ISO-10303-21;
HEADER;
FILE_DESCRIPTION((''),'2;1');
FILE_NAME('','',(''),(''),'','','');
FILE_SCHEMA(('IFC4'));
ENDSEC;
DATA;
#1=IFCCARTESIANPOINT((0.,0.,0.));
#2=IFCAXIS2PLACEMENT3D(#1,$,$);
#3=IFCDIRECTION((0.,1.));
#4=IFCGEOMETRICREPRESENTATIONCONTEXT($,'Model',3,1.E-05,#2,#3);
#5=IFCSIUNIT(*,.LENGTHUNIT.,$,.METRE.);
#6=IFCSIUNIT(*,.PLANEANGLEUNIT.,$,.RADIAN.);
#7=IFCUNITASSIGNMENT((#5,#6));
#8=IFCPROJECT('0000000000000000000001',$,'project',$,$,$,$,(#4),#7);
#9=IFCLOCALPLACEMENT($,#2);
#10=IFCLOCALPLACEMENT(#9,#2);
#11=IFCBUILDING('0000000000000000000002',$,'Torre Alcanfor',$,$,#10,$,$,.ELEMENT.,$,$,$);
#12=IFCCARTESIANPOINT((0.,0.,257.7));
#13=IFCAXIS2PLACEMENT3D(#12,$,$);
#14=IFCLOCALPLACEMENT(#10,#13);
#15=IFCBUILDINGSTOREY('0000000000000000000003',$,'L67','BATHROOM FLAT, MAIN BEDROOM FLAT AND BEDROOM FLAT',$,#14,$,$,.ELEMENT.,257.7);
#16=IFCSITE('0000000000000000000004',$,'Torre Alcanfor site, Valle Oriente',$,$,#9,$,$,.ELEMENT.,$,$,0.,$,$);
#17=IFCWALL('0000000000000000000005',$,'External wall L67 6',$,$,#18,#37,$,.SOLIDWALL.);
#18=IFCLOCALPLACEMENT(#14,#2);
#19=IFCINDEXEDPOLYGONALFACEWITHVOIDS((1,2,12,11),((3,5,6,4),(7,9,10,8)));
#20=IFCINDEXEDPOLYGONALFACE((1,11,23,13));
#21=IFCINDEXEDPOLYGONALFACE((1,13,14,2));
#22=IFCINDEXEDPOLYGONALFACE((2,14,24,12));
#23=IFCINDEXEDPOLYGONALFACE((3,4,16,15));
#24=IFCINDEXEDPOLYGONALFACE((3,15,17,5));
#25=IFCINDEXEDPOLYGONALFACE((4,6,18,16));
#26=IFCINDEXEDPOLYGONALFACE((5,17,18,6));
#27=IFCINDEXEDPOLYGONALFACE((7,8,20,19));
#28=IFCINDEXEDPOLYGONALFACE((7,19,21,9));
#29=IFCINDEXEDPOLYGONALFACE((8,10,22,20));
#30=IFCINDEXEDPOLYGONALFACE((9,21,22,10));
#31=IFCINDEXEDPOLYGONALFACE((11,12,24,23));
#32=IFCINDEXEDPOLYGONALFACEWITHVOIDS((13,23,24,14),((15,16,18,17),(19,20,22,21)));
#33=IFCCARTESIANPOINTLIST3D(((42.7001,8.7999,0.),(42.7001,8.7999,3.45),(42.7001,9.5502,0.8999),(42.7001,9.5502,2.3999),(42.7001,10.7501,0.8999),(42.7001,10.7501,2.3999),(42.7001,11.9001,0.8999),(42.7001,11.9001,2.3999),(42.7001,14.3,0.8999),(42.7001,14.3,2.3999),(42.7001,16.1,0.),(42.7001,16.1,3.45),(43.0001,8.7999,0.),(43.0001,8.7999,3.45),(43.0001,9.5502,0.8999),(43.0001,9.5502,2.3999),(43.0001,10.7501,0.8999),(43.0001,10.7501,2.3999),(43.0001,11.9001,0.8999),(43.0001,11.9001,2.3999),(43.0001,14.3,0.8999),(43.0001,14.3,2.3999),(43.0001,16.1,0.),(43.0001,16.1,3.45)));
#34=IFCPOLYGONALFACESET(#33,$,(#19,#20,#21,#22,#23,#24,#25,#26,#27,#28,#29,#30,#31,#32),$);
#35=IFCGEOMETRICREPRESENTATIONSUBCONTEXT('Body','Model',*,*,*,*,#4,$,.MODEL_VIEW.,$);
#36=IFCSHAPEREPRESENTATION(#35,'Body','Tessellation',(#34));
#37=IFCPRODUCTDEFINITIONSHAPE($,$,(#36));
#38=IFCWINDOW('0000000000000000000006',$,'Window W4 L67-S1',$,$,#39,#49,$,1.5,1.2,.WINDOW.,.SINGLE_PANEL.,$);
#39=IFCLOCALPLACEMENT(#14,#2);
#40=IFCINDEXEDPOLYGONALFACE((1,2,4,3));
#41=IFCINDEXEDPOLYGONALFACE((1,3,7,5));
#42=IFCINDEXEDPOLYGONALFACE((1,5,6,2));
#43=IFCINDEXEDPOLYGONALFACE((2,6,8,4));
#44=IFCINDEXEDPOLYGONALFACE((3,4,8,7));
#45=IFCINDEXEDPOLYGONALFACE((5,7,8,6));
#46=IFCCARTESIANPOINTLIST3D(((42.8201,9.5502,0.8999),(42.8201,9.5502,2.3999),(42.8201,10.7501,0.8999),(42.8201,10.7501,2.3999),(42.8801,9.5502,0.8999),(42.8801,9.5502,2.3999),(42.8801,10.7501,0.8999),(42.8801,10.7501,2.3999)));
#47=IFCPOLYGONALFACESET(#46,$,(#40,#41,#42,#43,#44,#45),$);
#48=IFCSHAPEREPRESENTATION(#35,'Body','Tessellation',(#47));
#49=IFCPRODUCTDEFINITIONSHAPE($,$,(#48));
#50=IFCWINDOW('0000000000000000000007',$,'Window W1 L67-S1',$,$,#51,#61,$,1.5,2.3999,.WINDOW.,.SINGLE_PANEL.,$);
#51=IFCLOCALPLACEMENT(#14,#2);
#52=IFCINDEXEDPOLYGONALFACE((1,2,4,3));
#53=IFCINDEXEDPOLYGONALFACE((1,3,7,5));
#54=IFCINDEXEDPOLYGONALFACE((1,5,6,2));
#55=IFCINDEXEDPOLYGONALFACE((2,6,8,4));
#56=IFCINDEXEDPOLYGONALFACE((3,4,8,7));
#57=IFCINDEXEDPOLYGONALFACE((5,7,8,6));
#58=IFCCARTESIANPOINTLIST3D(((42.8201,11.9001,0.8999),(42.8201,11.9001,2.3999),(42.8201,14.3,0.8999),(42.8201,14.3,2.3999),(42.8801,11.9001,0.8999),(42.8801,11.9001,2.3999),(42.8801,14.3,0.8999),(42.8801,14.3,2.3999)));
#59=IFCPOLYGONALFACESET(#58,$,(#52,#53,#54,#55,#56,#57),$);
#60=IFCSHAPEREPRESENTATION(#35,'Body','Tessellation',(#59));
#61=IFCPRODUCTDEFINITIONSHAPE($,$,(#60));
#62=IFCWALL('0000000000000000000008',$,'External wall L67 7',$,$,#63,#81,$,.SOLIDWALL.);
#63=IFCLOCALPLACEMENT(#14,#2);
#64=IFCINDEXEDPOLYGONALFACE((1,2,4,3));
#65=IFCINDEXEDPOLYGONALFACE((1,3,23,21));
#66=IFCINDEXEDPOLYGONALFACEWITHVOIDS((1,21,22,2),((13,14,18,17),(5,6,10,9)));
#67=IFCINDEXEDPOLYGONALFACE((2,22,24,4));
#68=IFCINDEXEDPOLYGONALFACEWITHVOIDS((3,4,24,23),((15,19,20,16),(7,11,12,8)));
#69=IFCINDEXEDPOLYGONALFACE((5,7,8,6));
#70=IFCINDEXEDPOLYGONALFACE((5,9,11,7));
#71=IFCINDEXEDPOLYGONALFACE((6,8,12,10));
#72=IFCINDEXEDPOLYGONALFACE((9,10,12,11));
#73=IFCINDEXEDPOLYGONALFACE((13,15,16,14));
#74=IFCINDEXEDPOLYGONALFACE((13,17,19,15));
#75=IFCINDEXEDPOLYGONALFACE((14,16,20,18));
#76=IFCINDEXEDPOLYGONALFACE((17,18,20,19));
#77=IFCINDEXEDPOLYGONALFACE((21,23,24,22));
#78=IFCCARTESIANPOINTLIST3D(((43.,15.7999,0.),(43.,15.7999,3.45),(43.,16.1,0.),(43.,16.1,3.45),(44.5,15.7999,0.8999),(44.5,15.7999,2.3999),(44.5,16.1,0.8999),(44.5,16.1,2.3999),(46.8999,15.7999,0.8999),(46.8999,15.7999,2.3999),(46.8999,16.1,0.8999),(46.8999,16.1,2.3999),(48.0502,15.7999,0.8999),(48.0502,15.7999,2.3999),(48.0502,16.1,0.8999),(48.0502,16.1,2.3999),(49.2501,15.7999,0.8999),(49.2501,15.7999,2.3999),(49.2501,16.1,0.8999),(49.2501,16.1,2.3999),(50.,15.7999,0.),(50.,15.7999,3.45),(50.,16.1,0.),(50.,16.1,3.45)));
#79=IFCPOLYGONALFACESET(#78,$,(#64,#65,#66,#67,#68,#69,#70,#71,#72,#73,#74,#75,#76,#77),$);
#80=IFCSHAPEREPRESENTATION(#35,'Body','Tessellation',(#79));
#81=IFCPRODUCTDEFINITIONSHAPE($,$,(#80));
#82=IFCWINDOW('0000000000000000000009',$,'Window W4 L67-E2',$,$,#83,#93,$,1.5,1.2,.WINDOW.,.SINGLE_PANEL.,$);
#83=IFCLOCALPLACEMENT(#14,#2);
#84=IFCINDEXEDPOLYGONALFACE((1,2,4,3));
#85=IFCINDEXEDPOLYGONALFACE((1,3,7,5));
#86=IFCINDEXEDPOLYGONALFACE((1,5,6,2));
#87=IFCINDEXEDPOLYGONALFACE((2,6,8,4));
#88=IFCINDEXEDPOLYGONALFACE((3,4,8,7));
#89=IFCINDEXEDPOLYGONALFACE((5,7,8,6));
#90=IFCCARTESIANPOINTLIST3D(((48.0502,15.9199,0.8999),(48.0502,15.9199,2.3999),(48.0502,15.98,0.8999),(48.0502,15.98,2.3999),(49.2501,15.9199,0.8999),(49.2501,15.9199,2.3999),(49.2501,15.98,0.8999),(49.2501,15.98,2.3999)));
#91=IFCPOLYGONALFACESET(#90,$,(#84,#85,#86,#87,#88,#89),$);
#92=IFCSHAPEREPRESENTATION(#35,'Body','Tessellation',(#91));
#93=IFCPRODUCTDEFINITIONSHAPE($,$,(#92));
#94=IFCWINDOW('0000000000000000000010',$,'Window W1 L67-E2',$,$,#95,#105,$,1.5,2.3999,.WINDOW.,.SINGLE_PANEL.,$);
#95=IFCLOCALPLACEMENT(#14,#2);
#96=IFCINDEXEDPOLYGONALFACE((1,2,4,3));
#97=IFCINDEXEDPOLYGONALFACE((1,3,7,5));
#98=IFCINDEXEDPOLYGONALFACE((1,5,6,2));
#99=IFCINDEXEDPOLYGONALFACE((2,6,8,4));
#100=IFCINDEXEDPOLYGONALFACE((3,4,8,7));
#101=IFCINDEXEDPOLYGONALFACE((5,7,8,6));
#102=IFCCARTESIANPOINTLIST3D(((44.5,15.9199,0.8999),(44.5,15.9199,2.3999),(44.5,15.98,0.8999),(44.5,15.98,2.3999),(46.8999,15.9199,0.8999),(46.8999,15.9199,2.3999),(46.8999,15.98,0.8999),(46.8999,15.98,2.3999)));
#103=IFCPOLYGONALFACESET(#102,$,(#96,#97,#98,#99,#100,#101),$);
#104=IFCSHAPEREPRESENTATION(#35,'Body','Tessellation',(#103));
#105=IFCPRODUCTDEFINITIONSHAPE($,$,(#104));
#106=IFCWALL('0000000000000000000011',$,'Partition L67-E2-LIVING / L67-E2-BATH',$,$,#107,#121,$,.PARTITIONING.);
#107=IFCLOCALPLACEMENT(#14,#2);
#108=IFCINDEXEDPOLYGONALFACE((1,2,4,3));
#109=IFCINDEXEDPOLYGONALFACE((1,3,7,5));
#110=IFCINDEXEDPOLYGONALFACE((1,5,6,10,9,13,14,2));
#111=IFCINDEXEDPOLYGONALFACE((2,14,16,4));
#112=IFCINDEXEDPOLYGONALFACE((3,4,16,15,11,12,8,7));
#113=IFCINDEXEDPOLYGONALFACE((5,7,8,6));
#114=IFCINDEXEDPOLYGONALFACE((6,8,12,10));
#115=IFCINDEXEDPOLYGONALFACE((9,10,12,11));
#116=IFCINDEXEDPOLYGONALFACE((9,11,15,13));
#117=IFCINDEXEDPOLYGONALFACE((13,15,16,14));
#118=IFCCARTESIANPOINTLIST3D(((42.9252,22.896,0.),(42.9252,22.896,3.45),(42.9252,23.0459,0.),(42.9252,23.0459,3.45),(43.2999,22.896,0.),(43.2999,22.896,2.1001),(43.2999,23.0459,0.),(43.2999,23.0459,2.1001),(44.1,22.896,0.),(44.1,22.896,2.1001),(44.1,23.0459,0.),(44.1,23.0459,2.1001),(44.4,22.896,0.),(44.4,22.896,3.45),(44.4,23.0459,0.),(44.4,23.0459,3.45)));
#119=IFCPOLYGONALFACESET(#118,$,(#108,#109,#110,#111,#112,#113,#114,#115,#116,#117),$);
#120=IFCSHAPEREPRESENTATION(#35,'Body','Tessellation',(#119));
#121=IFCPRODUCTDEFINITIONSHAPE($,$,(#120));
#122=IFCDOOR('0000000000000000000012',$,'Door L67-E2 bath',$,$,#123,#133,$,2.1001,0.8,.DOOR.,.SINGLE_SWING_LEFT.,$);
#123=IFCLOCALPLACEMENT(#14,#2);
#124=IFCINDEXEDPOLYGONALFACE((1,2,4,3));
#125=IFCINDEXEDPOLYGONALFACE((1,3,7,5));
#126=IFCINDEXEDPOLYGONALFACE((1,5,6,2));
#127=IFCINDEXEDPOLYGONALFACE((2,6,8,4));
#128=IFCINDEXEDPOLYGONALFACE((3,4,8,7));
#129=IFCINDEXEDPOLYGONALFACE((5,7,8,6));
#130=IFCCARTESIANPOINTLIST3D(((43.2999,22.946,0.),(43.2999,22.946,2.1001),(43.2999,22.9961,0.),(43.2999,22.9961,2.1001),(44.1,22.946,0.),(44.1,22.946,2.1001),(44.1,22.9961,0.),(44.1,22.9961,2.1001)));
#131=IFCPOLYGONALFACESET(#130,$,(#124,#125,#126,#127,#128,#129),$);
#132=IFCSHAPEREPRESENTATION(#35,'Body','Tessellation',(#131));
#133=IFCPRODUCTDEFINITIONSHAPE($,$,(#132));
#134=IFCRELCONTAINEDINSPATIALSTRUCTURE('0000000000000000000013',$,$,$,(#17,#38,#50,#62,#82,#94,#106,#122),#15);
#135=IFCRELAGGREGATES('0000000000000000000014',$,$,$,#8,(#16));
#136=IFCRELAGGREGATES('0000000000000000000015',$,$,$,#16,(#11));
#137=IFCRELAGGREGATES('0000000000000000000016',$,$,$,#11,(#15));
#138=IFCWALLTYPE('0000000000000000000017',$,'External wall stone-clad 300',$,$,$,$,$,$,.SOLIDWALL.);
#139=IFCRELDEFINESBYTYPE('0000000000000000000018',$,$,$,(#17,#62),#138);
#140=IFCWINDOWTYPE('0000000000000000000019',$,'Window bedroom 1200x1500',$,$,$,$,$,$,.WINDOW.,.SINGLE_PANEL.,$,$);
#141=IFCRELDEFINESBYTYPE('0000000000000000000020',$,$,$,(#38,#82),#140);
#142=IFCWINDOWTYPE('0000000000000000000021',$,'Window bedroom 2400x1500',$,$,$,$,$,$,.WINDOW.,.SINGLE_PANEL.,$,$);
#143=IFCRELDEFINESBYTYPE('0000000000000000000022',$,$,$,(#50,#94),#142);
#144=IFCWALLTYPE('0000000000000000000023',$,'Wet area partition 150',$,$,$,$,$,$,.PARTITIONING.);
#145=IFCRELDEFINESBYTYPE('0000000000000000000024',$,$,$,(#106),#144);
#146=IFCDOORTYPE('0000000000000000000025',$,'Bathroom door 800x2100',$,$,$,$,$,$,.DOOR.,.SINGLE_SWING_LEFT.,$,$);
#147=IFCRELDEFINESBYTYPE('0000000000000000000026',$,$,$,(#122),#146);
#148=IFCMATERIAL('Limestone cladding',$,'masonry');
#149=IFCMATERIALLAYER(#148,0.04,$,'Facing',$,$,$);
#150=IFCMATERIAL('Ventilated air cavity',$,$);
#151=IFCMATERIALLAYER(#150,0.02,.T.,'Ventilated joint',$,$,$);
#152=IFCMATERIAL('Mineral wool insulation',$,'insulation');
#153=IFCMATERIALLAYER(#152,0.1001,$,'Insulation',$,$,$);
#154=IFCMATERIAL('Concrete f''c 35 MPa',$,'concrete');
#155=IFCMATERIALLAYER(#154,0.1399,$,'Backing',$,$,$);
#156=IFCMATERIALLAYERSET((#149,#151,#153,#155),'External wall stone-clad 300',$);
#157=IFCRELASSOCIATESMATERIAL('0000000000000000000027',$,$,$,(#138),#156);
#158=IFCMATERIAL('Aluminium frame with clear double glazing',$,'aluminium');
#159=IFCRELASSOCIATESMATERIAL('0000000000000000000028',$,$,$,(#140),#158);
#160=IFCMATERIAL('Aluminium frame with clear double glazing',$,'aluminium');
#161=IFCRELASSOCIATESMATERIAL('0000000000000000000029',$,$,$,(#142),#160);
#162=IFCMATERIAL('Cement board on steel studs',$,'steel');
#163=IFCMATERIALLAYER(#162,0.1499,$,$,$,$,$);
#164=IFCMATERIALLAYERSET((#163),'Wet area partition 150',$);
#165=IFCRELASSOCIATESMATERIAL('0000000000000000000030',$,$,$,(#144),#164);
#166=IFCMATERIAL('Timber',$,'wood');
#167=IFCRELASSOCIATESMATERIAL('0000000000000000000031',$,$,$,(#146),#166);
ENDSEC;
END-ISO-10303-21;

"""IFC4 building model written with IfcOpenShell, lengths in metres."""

from ifc_helpers import new_model, si_unit, direction, frame, frame_2d, origin, place, context, subcontext, project, spatial, rectangle, extrude, material, layer, layer_set, type_object, element, fill, save


model = new_model("IFC4")

# Units and contexts
model_context = context("Model", 3, precision=1e-05, world=origin(), true_north=direction((0.0, 1.0)))
body_context = subcontext(model_context, "Body", "Model", "MODEL_VIEW")
ifc_project = project(units=[si_unit("LENGTHUNIT", "METRE"), si_unit("PLANEANGLEUNIT", "RADIAN")], contexts=[model_context])

# Site, building, storey
site_placement = place(None, origin())
site = spatial("IfcSite", under=ifc_project, at=site_placement, Name="Torre Alcanfor site, Valle Oriente", CompositionType="ELEMENT", RefElevation=0.0)
building_placement = place(site_placement, origin())
building = spatial("IfcBuilding", under=site, at=building_placement, Name="Torre Alcanfor", CompositionType="ELEMENT")
storey_placement = place(building_placement, frame((0.0, 0.0, 257.7)))
storey = spatial("IfcBuildingStorey", under=building, at=storey_placement, Name="L67", Description="BATHROOM FLAT, MAIN BEDROOM FLAT AND BEDROOM FLAT", CompositionType="ELEMENT", Elevation=257.7)

# Walls, openings, windows
ifc_material_1 = material(Name="Limestone cladding", Category="masonry")
ifc_layer_1 = layer(ifc_material_1, 0.04, Name="Facing")
ifc_material_2 = material(Name="Ventilated air cavity")
ifc_layer_2 = layer(ifc_material_2, 0.02, ventilated=True, Name="Ventilated joint")
ifc_material_3 = material(Name="Mineral wool insulation", Category="insulation")
ifc_layer_3 = layer(ifc_material_3, 0.1001, Name="Insulation")
ifc_material_4 = material(Name="Concrete f'c 35 MPa", Category="concrete")
ifc_layer_4 = layer(ifc_material_4, 0.1399, Name="Backing")
ifc_layer_set_1 = layer_set([ifc_layer_1, ifc_layer_2, ifc_layer_3, ifc_layer_4], Name="External wall stone-clad 300")
wall_type_1 = type_object("IfcWallType", Name="External wall stone-clad 300", PredefinedType="SOLIDWALL", material=ifc_layer_set_1)
wall_1_placement = place(storey_placement, frame((42.8501, 8.8, 0.0), z_axis=(0.0, 0.0, 1.0), x_axis=(0.0, 1.0, 0.0)))
wall_1 = element("IfcWall", 1, at=wall_1_placement, inside=storey, type_object=wall_type_1, Name="External wall L67 6", PredefinedType="SOLIDWALL", context=body_context, shape_type="SweptSolid", body=[
    extrude(rectangle(XDim=7.3, YDim=0.3, at=frame_2d((3.6499, 0.0))), origin(), (0.0, 0.0, 1.0), 3.45),
])
opening_1_placement = place(wall_1_placement, frame((3.1001, 0.0, 0.8999)))
opening_1 = element("IfcOpeningElement", 2, at=opening_1_placement, cuts=wall_1, PredefinedType="OPENING", context=body_context, shape_type="SweptSolid", body=[
    extrude(rectangle(XDim=2.3999, YDim=1.5, at=frame_2d((1.2, 0.75))), frame((0.0, 0.1599, 0.0), z_axis=(0.0, -1.0, 0.0), x_axis=(1.0, 0.0, 0.0)), (0.0, 0.0, 1.0), 0.3201),
])
opening_2_placement = place(wall_1_placement, frame((0.75, 0.0, 0.8999)))
opening_2 = element("IfcOpeningElement", 3, at=opening_2_placement, cuts=wall_1, PredefinedType="OPENING", context=body_context, shape_type="SweptSolid", body=[
    extrude(rectangle(XDim=1.2, YDim=1.5, at=frame_2d((0.6001, 0.75))), frame((0.0, 0.1599, 0.0), z_axis=(0.0, -1.0, 0.0), x_axis=(1.0, 0.0, 0.0)), (0.0, 0.0, 1.0), 0.3201),
])
ifc_material_5 = material(Name="Aluminium frame with clear double glazing", Category="aluminium")
window_type_1 = type_object("IfcWindowType", Name="Window bedroom 1200x1500", PartitioningType="SINGLE_PANEL", PredefinedType="WINDOW", material=ifc_material_5)
window_1_placement = place(opening_2_placement, origin())
window_1 = element("IfcWindow", 4, at=window_1_placement, inside=storey, type_object=window_type_1, Name="Window W4 L67-S1", OverallHeight=1.5, OverallWidth=1.2, PartitioningType="SINGLE_PANEL", PredefinedType="WINDOW", context=body_context, shape_type="SweptSolid", body=[
    extrude(rectangle(XDim=1.2, YDim=1.5, at=frame_2d((0.6001, 0.75))), frame((0.0, 0.03, 0.0), z_axis=(0.0, -1.0, 0.0), x_axis=(1.0, 0.0, 0.0)), (0.0, 0.0, 1.0), 0.0601),
])
fill(opening_2, window_1)
ifc_material_6 = material(Name="Aluminium frame with clear double glazing", Category="aluminium")
window_type_2 = type_object("IfcWindowType", Name="Window bedroom 2400x1500", PartitioningType="SINGLE_PANEL", PredefinedType="WINDOW", material=ifc_material_6)
window_2_placement = place(opening_1_placement, origin())
window_2 = element("IfcWindow", 5, at=window_2_placement, inside=storey, type_object=window_type_2, Name="Window W1 L67-S1", OverallHeight=1.5, OverallWidth=2.3999, PartitioningType="SINGLE_PANEL", PredefinedType="WINDOW", context=body_context, shape_type="SweptSolid", body=[
    extrude(rectangle(XDim=2.3999, YDim=1.5, at=frame_2d((1.2, 0.75))), frame((0.0, 0.03, 0.0), z_axis=(0.0, -1.0, 0.0), x_axis=(1.0, 0.0, 0.0)), (0.0, 0.0, 1.0), 0.0601),
])
fill(opening_1, window_2)
wall_2_placement = place(storey_placement, frame((43.0, 15.95, 0.0), z_axis=(0.0, 0.0, 1.0), x_axis=(1.0, 0.0, 0.0)))
wall_2 = element("IfcWall", 6, at=wall_2_placement, inside=storey, type_object=wall_type_1, Name="External wall L67 7", PredefinedType="SOLIDWALL", context=body_context, shape_type="SweptSolid", body=[
    extrude(rectangle(XDim=7.0, YDim=0.3, at=frame_2d((3.5, 0.0))), origin(), (0.0, 0.0, 1.0), 3.45),
])
opening_3_placement = place(wall_2_placement, frame((1.5, 0.0, 0.8999)))
opening_3 = element("IfcOpeningElement", 7, at=opening_3_placement, cuts=wall_2, PredefinedType="OPENING", context=body_context, shape_type="SweptSolid", body=[
    extrude(rectangle(XDim=2.3999, YDim=1.5, at=frame_2d((1.2, 0.75))), frame((0.0, 0.1599, 0.0), z_axis=(0.0, -1.0, 0.0), x_axis=(1.0, 0.0, 0.0)), (0.0, 0.0, 1.0), 0.3201),
])
opening_4_placement = place(wall_2_placement, frame((5.05, 0.0, 0.8999)))
opening_4 = element("IfcOpeningElement", 8, at=opening_4_placement, cuts=wall_2, PredefinedType="OPENING", context=body_context, shape_type="SweptSolid", body=[
    extrude(rectangle(XDim=1.2, YDim=1.5, at=frame_2d((0.6001, 0.75))), frame((0.0, 0.1599, 0.0), z_axis=(0.0, -1.0, 0.0), x_axis=(1.0, 0.0, 0.0)), (0.0, 0.0, 1.0), 0.3201),
])
window_3_placement = place(opening_4_placement, origin())
window_3 = element("IfcWindow", 9, at=window_3_placement, inside=storey, type_object=window_type_1, Name="Window W4 L67-E2", OverallHeight=1.5, OverallWidth=1.2, PartitioningType="SINGLE_PANEL", PredefinedType="WINDOW", context=body_context, shape_type="SweptSolid", body=[
    extrude(rectangle(XDim=1.2, YDim=1.5, at=frame_2d((0.6001, 0.75))), frame((0.0, 0.03, 0.0), z_axis=(0.0, -1.0, 0.0), x_axis=(1.0, 0.0, 0.0)), (0.0, 0.0, 1.0), 0.0601),
])
fill(opening_4, window_3)
window_4_placement = place(opening_3_placement, origin())
window_4 = element("IfcWindow", 10, at=window_4_placement, inside=storey, type_object=window_type_2, Name="Window W1 L67-E2", OverallHeight=1.5, OverallWidth=2.3999, PartitioningType="SINGLE_PANEL", PredefinedType="WINDOW", context=body_context, shape_type="SweptSolid", body=[
    extrude(rectangle(XDim=2.3999, YDim=1.5, at=frame_2d((1.2, 0.75))), frame((0.0, 0.03, 0.0), z_axis=(0.0, -1.0, 0.0), x_axis=(1.0, 0.0, 0.0)), (0.0, 0.0, 1.0), 0.0601),
])
fill(opening_3, window_4)

# Wall, opening, door
ifc_material_7 = material(Name="Cement board on steel studs", Category="steel")
ifc_layer_5 = layer(ifc_material_7, 0.1499)
ifc_layer_set_2 = layer_set([ifc_layer_5], Name="Wet area partition 150")
wall_type_2 = type_object("IfcWallType", Name="Wet area partition 150", PredefinedType="PARTITIONING", material=ifc_layer_set_2)
wall_3_placement = place(storey_placement, frame((44.3999, 22.9709, 0.0), z_axis=(0.0, 0.0, 1.0), x_axis=(-1.0, 0.0, 0.0)))
wall_3 = element("IfcWall", 11, at=wall_3_placement, inside=storey, type_object=wall_type_2, Name="Partition L67-E2-LIVING / L67-E2-BATH", PredefinedType="PARTITIONING", context=body_context, shape_type="SweptSolid", body=[
    extrude(rectangle(XDim=1.4749, YDim=0.1499, at=frame_2d((0.7373, 0.0))), origin(), (0.0, 0.0, 1.0), 3.45),
])
opening_5_placement = place(wall_3_placement, frame((0.3, 0.0, 0.0)))
opening_5 = element("IfcOpeningElement", 12, at=opening_5_placement, cuts=wall_3, PredefinedType="OPENING", context=body_context, shape_type="SweptSolid", body=[
    extrude(rectangle(XDim=0.8, YDim=2.1001, at=frame_2d((0.3999, 1.05))), frame((0.0, 0.085, 0.0), z_axis=(0.0, -1.0, 0.0), x_axis=(1.0, 0.0, 0.0)), (0.0, 0.0, 1.0), 0.1699),
])
ifc_material_8 = material(Name="Timber", Category="wood")
door_type = type_object("IfcDoorType", Name="Bathroom door 800x2100", OperationType="SINGLE_SWING_LEFT", PredefinedType="DOOR", material=ifc_material_8)
door_placement = place(opening_5_placement, origin())
door = element("IfcDoor", 13, at=door_placement, inside=storey, type_object=door_type, Name="Door L67-E2 bath", OperationType="SINGLE_SWING_LEFT", OverallHeight=2.1001, OverallWidth=0.8, PredefinedType="DOOR", context=body_context, shape_type="SweptSolid", body=[
    extrude(rectangle(XDim=0.8, YDim=2.1001, at=frame_2d((0.3999, 1.05))), frame((0.0, 0.0249, 0.0), z_axis=(0.0, -1.0, 0.0), x_axis=(1.0, 0.0, 0.0)), (0.0, 0.0, 1.0), 0.05),
])
fill(opening_5, door)

save(model, "model.ifc")
